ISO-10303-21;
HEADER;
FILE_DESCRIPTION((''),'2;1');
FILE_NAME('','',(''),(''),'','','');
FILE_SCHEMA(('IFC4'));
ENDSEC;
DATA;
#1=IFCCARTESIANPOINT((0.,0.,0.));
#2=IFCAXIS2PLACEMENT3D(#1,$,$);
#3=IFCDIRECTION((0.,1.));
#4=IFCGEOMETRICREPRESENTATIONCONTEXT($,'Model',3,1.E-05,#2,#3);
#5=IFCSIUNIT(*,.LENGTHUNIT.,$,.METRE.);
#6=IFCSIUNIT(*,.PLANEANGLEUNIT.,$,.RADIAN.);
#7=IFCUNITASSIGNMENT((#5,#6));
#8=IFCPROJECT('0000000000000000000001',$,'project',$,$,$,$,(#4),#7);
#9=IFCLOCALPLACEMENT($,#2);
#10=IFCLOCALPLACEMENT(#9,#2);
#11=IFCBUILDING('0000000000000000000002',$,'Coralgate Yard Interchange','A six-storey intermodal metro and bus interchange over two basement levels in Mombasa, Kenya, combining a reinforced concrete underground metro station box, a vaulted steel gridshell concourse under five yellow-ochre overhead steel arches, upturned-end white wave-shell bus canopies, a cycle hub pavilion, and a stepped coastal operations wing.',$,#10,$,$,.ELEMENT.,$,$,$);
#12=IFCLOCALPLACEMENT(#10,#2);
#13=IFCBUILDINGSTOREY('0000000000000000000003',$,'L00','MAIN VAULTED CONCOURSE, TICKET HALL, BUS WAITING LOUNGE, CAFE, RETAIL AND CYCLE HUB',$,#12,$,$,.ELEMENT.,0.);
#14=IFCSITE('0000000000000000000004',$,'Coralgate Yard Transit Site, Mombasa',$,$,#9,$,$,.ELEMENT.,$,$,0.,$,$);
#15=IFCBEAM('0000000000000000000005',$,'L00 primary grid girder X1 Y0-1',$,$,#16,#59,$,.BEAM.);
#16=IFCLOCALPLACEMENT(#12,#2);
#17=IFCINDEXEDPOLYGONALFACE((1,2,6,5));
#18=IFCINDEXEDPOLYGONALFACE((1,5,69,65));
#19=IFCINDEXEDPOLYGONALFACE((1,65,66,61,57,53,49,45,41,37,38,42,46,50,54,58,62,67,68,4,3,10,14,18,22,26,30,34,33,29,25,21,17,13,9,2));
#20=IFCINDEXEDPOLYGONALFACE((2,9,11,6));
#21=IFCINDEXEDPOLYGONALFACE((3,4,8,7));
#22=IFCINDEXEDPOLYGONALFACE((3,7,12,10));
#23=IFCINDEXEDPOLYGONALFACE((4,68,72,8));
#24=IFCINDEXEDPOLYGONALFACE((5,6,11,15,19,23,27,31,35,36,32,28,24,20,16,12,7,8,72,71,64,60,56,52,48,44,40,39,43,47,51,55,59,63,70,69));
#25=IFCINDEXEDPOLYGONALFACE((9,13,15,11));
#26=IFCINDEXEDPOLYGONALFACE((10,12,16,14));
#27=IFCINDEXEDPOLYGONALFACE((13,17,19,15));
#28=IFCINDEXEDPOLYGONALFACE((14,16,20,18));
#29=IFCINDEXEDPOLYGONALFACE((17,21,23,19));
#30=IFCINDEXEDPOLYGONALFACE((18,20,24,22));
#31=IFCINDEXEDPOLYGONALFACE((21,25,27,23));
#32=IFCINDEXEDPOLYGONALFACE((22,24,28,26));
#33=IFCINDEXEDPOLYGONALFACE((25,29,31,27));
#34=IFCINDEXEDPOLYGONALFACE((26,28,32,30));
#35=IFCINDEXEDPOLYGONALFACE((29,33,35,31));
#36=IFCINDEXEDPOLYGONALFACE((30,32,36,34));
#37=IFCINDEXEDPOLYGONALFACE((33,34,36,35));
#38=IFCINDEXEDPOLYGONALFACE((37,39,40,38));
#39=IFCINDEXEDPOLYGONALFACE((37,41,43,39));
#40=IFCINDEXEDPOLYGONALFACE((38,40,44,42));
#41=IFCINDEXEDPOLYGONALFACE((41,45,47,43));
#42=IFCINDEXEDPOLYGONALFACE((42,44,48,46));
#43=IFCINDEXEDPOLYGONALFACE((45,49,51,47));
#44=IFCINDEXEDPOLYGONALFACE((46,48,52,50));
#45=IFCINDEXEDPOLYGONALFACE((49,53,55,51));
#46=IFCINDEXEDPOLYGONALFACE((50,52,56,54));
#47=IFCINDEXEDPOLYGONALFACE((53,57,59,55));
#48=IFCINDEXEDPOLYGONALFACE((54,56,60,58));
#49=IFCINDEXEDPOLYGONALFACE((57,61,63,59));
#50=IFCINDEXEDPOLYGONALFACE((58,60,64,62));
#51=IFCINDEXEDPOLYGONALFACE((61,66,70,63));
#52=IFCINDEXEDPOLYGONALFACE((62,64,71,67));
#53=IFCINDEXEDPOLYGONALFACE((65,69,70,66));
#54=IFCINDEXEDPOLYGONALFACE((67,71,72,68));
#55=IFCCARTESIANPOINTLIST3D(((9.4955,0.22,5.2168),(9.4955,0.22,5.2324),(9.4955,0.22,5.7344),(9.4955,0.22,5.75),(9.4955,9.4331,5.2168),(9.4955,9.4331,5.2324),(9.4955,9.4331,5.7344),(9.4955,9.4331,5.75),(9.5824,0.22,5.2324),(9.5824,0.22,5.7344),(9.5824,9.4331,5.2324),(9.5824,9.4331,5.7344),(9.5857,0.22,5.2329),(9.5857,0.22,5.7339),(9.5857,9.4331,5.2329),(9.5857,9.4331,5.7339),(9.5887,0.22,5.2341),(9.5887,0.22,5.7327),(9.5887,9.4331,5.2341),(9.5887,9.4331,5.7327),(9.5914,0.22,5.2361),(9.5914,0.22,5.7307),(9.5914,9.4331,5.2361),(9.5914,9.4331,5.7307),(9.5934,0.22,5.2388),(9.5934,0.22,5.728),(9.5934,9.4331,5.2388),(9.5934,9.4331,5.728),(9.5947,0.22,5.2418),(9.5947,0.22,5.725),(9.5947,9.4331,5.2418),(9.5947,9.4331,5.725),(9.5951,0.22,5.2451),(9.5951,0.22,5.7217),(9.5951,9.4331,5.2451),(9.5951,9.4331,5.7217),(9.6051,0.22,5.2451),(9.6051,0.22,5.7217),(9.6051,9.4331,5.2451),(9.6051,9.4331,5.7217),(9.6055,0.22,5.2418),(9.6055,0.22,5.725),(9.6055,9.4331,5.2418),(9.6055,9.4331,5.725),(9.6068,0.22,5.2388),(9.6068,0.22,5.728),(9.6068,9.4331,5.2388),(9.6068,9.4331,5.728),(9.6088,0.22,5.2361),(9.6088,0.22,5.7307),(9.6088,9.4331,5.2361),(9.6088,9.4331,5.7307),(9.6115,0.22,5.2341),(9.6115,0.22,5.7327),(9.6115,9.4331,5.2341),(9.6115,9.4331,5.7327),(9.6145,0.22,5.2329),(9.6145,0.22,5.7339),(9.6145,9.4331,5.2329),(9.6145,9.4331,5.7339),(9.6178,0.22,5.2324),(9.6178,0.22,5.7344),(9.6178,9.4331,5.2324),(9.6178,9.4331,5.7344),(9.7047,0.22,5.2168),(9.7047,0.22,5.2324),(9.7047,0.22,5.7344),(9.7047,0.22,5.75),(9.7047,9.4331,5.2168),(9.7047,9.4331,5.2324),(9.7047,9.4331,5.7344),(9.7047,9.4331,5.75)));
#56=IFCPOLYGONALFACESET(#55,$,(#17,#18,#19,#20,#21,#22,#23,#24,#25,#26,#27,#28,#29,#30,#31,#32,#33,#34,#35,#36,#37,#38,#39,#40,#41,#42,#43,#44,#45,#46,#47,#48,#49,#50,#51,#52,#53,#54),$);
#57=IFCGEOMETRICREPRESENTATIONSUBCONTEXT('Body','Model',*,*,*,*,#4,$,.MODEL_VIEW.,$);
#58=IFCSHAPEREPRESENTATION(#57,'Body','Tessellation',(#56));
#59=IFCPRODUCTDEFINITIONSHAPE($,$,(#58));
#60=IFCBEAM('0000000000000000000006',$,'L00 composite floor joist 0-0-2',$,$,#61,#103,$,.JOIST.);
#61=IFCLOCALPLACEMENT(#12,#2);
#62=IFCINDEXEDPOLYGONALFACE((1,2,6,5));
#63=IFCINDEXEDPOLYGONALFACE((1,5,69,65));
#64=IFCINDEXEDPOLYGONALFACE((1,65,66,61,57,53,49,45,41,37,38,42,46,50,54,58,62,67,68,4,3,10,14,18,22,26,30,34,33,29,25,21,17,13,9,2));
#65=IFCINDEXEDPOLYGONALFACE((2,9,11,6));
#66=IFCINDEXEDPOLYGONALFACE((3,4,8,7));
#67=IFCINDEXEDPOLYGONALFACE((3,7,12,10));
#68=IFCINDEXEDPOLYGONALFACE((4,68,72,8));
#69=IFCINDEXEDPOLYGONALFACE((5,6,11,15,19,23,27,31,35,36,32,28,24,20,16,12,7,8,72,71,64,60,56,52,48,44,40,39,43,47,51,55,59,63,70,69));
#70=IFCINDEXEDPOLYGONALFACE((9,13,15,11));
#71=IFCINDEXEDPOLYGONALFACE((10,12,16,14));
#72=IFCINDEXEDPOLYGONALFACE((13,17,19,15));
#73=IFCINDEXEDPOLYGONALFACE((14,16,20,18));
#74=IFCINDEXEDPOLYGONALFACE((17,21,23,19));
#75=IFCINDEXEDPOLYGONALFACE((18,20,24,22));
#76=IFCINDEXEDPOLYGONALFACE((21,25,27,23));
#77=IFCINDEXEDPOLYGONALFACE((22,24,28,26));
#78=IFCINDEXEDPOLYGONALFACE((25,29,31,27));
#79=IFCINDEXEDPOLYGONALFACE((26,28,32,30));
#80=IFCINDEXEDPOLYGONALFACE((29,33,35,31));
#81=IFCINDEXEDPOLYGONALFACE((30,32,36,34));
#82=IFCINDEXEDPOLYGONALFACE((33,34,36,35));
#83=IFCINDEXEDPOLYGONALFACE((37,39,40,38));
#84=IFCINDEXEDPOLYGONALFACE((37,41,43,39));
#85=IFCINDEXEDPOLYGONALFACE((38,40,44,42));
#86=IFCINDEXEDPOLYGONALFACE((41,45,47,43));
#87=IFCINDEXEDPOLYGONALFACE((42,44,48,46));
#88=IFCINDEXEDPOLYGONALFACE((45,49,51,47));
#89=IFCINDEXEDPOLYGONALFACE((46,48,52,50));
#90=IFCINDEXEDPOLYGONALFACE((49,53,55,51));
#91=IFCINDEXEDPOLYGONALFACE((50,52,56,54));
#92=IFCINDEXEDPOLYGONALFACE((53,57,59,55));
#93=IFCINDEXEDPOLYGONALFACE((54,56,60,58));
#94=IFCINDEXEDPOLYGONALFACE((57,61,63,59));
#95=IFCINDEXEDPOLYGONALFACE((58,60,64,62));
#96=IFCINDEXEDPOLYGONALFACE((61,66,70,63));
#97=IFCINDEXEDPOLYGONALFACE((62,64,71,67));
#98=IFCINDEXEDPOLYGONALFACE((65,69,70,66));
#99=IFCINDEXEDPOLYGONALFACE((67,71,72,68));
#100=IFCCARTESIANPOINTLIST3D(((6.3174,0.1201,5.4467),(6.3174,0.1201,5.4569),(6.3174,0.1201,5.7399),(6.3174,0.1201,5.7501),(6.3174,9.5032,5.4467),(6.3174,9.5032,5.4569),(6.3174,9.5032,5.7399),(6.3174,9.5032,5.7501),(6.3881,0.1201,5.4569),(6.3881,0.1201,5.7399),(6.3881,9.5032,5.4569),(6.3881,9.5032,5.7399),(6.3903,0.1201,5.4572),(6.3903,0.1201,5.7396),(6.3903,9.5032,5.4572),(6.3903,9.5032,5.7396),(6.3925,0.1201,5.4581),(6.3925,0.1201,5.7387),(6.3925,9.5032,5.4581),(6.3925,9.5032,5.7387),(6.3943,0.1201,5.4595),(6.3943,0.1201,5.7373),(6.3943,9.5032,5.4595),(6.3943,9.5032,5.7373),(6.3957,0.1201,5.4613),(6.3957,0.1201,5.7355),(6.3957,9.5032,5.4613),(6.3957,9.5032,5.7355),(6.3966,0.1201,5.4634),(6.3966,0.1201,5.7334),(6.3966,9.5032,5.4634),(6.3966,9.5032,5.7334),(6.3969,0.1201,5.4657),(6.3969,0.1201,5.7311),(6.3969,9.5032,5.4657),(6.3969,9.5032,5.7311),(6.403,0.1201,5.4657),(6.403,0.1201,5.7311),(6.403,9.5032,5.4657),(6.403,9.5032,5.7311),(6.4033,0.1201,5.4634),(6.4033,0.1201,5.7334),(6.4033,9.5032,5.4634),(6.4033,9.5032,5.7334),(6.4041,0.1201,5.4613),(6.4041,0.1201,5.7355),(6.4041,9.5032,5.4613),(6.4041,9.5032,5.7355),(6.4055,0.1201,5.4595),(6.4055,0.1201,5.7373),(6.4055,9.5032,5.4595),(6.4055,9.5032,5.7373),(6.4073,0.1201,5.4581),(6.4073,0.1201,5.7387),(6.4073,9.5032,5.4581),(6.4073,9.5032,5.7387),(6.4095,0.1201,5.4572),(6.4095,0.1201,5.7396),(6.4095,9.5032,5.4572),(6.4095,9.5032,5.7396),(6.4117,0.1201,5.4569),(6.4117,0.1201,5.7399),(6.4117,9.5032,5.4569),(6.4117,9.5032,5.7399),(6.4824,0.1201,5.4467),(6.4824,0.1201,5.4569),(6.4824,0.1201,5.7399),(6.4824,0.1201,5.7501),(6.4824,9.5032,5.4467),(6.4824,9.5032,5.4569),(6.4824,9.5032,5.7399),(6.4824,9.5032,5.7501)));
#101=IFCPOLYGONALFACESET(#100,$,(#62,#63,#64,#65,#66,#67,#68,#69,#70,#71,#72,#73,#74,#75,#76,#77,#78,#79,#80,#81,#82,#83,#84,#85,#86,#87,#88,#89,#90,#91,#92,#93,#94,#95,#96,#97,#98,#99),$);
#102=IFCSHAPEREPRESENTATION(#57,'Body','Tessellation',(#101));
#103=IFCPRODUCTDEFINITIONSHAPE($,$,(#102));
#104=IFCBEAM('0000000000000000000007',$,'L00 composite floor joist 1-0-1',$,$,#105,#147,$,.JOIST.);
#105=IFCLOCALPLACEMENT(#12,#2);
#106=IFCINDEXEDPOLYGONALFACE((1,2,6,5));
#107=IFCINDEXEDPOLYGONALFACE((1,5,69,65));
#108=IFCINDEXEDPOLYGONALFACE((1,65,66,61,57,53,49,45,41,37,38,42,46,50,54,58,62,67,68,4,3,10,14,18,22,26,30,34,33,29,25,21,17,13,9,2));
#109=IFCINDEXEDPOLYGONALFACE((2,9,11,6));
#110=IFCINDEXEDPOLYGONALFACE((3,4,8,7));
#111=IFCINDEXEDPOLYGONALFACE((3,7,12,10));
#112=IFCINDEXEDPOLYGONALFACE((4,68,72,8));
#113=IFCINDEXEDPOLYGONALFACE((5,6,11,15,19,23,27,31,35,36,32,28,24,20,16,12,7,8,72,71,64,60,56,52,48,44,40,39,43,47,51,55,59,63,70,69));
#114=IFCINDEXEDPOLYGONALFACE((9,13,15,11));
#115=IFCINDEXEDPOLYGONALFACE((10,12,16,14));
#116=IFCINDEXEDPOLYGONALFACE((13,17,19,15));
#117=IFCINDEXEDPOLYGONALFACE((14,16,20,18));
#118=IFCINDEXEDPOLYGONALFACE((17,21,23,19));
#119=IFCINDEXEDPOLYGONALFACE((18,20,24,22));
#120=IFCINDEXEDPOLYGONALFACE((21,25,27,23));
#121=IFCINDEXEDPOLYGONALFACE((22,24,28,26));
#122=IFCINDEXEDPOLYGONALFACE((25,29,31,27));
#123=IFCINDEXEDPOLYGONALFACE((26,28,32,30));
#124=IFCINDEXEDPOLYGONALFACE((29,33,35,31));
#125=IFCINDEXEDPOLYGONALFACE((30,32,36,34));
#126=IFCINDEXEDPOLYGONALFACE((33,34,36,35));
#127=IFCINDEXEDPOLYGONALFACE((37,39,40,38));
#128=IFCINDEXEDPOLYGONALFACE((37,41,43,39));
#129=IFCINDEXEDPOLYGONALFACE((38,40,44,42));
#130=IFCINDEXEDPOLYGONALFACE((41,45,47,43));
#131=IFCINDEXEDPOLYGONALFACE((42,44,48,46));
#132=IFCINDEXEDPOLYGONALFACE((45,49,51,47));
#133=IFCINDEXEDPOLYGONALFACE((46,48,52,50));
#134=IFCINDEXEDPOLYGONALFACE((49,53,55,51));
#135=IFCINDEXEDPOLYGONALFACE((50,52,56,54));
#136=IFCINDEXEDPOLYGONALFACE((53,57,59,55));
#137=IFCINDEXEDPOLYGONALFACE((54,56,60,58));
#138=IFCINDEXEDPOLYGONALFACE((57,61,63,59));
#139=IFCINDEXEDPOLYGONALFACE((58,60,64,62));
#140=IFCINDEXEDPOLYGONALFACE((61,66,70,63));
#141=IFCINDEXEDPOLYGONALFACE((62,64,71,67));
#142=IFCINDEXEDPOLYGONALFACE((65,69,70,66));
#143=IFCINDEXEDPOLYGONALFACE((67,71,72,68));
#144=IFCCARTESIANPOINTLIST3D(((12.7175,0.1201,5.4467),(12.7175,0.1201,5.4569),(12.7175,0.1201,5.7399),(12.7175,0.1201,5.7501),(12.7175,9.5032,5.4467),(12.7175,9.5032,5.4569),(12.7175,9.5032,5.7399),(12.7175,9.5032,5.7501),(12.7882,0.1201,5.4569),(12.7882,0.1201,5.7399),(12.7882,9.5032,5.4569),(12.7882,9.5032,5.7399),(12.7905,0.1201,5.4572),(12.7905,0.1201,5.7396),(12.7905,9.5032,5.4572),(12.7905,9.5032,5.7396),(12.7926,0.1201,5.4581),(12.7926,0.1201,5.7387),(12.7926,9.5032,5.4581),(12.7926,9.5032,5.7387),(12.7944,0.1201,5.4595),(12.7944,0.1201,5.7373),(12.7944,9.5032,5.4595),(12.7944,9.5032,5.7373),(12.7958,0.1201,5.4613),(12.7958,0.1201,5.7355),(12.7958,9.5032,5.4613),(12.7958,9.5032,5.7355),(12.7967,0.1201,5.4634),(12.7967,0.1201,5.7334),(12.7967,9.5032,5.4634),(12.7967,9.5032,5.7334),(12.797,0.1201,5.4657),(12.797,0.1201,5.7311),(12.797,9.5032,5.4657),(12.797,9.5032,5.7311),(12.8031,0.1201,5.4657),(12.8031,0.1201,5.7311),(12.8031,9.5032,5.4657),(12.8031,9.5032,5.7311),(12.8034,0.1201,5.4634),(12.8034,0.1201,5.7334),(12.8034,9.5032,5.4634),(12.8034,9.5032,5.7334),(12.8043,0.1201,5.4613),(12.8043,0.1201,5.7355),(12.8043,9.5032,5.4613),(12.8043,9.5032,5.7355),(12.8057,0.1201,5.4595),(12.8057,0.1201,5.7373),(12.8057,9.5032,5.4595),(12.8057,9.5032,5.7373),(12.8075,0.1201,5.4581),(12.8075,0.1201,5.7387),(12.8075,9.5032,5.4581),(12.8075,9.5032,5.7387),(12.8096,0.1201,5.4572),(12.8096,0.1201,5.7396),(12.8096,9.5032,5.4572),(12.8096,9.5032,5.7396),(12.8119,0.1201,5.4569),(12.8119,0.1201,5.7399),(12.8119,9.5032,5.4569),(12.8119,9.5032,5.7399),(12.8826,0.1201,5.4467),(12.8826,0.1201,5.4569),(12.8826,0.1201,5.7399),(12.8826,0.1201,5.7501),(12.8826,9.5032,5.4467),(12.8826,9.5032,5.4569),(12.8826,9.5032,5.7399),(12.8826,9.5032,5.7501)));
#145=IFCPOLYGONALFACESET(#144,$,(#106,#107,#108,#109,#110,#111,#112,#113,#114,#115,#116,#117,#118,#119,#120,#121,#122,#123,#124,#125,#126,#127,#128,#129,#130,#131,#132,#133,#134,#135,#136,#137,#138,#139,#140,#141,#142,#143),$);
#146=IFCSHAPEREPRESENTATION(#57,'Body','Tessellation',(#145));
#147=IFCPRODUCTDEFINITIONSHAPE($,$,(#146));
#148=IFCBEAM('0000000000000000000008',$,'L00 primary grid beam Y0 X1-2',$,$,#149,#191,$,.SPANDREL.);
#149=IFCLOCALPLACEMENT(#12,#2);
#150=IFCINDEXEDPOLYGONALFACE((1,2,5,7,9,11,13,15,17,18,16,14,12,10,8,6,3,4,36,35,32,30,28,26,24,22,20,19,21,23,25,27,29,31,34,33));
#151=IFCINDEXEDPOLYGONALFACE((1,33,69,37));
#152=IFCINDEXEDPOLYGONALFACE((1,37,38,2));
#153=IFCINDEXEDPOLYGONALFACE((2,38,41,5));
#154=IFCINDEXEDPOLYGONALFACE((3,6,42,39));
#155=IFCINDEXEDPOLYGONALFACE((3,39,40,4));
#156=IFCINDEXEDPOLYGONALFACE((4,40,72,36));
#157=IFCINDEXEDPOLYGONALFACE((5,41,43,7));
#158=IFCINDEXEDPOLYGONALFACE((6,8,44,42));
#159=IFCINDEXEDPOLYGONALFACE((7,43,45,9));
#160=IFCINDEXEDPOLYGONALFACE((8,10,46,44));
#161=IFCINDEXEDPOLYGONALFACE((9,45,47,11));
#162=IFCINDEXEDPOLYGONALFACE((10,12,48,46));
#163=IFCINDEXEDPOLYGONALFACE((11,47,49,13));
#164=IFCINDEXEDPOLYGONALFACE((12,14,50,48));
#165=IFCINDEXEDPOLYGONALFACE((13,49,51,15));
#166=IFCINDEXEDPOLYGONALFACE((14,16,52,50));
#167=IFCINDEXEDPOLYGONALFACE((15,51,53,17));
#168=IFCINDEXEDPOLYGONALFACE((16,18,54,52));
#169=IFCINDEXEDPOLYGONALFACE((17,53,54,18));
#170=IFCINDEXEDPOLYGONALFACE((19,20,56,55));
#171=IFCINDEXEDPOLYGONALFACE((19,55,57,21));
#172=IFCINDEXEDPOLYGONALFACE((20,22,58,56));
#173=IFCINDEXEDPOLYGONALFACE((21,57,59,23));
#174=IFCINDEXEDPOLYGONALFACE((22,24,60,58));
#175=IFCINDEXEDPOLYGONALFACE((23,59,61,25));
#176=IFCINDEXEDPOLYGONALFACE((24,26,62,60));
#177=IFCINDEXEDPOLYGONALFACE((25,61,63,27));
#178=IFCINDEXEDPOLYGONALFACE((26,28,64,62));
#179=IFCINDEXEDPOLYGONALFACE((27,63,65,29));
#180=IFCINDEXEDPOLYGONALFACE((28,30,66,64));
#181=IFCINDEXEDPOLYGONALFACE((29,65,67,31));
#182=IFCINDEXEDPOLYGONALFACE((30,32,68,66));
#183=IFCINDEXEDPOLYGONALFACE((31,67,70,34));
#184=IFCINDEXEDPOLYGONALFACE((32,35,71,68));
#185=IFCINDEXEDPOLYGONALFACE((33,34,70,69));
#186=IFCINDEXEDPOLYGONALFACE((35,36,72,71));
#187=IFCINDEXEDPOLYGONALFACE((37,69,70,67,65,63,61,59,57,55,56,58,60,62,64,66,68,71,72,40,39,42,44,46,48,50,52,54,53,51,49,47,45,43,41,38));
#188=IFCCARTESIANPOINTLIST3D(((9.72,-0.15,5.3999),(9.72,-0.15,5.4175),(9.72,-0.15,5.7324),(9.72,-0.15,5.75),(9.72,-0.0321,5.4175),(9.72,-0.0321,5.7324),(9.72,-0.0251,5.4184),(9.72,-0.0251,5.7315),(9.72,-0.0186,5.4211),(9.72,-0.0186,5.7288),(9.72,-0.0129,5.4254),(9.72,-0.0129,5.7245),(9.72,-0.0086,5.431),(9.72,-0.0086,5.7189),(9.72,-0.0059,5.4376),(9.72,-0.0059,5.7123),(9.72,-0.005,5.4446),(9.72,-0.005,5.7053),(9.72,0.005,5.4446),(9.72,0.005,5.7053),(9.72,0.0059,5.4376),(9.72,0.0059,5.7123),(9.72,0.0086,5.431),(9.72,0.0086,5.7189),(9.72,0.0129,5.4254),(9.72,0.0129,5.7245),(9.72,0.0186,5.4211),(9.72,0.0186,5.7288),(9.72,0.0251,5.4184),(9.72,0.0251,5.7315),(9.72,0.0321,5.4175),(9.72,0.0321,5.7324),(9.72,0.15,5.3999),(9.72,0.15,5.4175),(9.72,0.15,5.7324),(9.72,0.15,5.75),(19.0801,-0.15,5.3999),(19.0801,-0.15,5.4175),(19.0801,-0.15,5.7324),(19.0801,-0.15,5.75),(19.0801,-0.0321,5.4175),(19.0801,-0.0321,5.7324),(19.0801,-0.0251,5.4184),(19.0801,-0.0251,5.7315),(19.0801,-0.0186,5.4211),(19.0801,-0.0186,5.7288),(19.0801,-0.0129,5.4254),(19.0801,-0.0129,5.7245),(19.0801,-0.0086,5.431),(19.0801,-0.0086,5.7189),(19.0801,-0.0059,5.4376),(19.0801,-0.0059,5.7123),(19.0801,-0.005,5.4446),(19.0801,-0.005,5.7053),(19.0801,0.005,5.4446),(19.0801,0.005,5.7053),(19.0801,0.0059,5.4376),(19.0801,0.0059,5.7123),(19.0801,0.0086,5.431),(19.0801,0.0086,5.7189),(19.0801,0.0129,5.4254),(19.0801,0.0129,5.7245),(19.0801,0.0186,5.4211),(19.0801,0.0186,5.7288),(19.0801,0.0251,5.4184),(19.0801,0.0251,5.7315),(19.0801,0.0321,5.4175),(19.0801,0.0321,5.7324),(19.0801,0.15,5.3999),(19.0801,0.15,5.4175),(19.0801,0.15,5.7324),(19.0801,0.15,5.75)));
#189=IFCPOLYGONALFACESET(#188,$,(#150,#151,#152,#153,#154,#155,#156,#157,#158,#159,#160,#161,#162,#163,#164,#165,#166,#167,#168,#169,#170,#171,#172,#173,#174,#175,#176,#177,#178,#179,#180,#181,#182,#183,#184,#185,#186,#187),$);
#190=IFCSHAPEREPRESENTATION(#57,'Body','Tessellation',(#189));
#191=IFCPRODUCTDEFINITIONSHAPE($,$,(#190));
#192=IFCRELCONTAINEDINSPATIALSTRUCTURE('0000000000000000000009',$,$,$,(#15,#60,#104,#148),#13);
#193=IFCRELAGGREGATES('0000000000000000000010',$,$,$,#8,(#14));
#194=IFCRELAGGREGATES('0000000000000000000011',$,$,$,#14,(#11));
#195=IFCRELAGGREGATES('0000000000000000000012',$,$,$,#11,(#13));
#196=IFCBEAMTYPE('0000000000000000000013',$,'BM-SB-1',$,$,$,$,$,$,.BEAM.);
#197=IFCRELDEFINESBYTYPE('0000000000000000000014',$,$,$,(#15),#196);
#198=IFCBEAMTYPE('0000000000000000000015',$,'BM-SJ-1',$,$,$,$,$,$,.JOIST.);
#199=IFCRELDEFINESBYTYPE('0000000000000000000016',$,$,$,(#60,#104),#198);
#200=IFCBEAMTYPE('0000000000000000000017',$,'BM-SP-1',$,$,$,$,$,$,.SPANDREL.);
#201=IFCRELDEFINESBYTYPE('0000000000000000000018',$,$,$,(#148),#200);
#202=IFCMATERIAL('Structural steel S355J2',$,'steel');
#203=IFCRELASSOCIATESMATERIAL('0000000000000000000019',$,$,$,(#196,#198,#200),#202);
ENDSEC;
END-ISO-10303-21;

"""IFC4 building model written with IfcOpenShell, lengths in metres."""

from ifc_helpers import new_model, si_unit, direction, frame, origin, origin_2d, place, context, subcontext, project, spatial, i_section, extrude, material, material_profile, profile_set, type_object, element, save


model = new_model("IFC4")

# Units and contexts
model_context = context("Model", 3, precision=1e-05, world=origin(), true_north=direction((0.0, 1.0)))
body_context = subcontext(model_context, "Body", "Model", "MODEL_VIEW")
ifc_project = project(units=[si_unit("LENGTHUNIT", "METRE"), si_unit("PLANEANGLEUNIT", "RADIAN")], contexts=[model_context])

# Site, building, storey
site_placement = place(None, origin())
site = spatial("IfcSite", under=ifc_project, at=site_placement, Name="Coralgate Yard Transit Site, Mombasa", CompositionType="ELEMENT", RefElevation=0.0)
building_placement = place(site_placement, origin())
building = spatial("IfcBuilding", under=site, at=building_placement, Name="Coralgate Yard Interchange", Description="A six-storey intermodal metro and bus interchange over two basement levels in Mombasa, Kenya, combining a reinforced concrete underground metro station box, a vaulted steel gridshell concourse under five yellow-ochre overhead steel arches, upturned-end white wave-shell bus canopies, a cycle hub pavilion, and a stepped coastal operations wing.", CompositionType="ELEMENT")
storey_placement = place(building_placement, origin())
storey = spatial("IfcBuildingStorey", under=building, at=storey_placement, Name="L00", Description="MAIN VAULTED CONCOURSE, TICKET HALL, BUS WAITING LOUNGE, CAFE, RETAIL AND CYCLE HUB", CompositionType="ELEMENT", Elevation=0.0)

# Shared definitions
ifc_material_1 = material(Name="Structural steel S355J2", Category="steel")

# Beams
ifc_material_profile_1 = material_profile(ifc_material_1, i_section(OverallWidth=0.2092, OverallDepth=0.5332, WebThickness=0.01, FlangeThickness=0.0156, FilletRadius=0.0127, at=origin_2d()), Name="UB 533x210x92")
ifc_profile_set_1 = profile_set([ifc_material_profile_1], Name="Structural steel S355J2")
beam_type_1 = type_object("IfcBeamType", Name="BM-SB-1", PredefinedType="BEAM", material=ifc_profile_set_1)
beam_1_placement = place(storey_placement, frame((9.6001, 0.22, 5.4834), z_axis=(0.0, 1.0, 0.0), x_axis=(-1.0, 0.0, 0.0)))
element("IfcBeam", 1, at=beam_1_placement, inside=storey, type_object=beam_type_1, Name="L00 primary grid girder X1 Y0-1", PredefinedType="BEAM", context=body_context, shape_type="SweptSolid", body=[
    extrude(i_section(OverallWidth=0.2092, OverallDepth=0.5332, WebThickness=0.01, FlangeThickness=0.0156, FilletRadius=0.0127, at=origin_2d()), origin(), (0.0, 0.0, 1.0), 9.2131),
])
ifc_material_profile_2 = material_profile(ifc_material_1, i_section(OverallWidth=0.165, OverallDepth=0.3035, WebThickness=0.0061, FlangeThickness=0.0103, FilletRadius=0.0088, at=origin_2d()), Name="UB 305x165x40")
ifc_profile_set_2 = profile_set([ifc_material_profile_2], Name="Structural steel S355J2")
beam_type_2 = type_object("IfcBeamType", Name="BM-SJ-1", PredefinedType="JOIST", material=ifc_profile_set_2)
for number, where, z_axis, x_axis, name in (
    (2, (6.3999, 0.1201, 5.5984), (0.0, 1.0, 0.0), (-1.0, 0.0, 0.0), "L00 composite floor joist 0-0-2"),
    (3, (12.8, 0.1201, 5.5984), (0.0, 1.0, 0.0), (-1.0, 0.0, 0.0), "L00 composite floor joist 1-0-1"),
):
    element("IfcBeam", number, at=place(storey_placement, frame(where, z_axis=z_axis, x_axis=x_axis)), inside=storey, type_object=beam_type_2, Name=name, PredefinedType="JOIST", context=body_context, shape_type="SweptSolid", body=[
        extrude(i_section(OverallWidth=0.165, OverallDepth=0.3035, WebThickness=0.0061, FlangeThickness=0.0103, FilletRadius=0.0088, at=origin_2d()), origin(), (0.0, 0.0, 1.0), 9.3831),
    ])
ifc_material_profile_3 = material_profile(ifc_material_1, i_section(OverallWidth=0.3, OverallDepth=0.3501, WebThickness=0.01, FlangeThickness=0.0176, FilletRadius=0.0271, at=origin_2d()), Name="HEA 360")
ifc_profile_set_3 = profile_set([ifc_material_profile_3], Name="Structural steel S355J2")
beam_type_3 = type_object("IfcBeamType", Name="BM-SP-1", PredefinedType="SPANDREL", material=ifc_profile_set_3)
beam_2_placement = place(storey_placement, frame((9.72, 0.0, 5.575), z_axis=(1.0, 0.0, 0.0), x_axis=(0.0, 1.0, 0.0)))
element("IfcBeam", 4, at=beam_2_placement, inside=storey, type_object=beam_type_3, Name="L00 primary grid beam Y0 X1-2", PredefinedType="SPANDREL", context=body_context, shape_type="SweptSolid", body=[
    extrude(i_section(OverallWidth=0.3, OverallDepth=0.3501, WebThickness=0.01, FlangeThickness=0.0176, FilletRadius=0.0271, at=origin_2d()), origin(), (0.0, 0.0, 1.0), 9.3601),
])

save(model, "model.ifc")
